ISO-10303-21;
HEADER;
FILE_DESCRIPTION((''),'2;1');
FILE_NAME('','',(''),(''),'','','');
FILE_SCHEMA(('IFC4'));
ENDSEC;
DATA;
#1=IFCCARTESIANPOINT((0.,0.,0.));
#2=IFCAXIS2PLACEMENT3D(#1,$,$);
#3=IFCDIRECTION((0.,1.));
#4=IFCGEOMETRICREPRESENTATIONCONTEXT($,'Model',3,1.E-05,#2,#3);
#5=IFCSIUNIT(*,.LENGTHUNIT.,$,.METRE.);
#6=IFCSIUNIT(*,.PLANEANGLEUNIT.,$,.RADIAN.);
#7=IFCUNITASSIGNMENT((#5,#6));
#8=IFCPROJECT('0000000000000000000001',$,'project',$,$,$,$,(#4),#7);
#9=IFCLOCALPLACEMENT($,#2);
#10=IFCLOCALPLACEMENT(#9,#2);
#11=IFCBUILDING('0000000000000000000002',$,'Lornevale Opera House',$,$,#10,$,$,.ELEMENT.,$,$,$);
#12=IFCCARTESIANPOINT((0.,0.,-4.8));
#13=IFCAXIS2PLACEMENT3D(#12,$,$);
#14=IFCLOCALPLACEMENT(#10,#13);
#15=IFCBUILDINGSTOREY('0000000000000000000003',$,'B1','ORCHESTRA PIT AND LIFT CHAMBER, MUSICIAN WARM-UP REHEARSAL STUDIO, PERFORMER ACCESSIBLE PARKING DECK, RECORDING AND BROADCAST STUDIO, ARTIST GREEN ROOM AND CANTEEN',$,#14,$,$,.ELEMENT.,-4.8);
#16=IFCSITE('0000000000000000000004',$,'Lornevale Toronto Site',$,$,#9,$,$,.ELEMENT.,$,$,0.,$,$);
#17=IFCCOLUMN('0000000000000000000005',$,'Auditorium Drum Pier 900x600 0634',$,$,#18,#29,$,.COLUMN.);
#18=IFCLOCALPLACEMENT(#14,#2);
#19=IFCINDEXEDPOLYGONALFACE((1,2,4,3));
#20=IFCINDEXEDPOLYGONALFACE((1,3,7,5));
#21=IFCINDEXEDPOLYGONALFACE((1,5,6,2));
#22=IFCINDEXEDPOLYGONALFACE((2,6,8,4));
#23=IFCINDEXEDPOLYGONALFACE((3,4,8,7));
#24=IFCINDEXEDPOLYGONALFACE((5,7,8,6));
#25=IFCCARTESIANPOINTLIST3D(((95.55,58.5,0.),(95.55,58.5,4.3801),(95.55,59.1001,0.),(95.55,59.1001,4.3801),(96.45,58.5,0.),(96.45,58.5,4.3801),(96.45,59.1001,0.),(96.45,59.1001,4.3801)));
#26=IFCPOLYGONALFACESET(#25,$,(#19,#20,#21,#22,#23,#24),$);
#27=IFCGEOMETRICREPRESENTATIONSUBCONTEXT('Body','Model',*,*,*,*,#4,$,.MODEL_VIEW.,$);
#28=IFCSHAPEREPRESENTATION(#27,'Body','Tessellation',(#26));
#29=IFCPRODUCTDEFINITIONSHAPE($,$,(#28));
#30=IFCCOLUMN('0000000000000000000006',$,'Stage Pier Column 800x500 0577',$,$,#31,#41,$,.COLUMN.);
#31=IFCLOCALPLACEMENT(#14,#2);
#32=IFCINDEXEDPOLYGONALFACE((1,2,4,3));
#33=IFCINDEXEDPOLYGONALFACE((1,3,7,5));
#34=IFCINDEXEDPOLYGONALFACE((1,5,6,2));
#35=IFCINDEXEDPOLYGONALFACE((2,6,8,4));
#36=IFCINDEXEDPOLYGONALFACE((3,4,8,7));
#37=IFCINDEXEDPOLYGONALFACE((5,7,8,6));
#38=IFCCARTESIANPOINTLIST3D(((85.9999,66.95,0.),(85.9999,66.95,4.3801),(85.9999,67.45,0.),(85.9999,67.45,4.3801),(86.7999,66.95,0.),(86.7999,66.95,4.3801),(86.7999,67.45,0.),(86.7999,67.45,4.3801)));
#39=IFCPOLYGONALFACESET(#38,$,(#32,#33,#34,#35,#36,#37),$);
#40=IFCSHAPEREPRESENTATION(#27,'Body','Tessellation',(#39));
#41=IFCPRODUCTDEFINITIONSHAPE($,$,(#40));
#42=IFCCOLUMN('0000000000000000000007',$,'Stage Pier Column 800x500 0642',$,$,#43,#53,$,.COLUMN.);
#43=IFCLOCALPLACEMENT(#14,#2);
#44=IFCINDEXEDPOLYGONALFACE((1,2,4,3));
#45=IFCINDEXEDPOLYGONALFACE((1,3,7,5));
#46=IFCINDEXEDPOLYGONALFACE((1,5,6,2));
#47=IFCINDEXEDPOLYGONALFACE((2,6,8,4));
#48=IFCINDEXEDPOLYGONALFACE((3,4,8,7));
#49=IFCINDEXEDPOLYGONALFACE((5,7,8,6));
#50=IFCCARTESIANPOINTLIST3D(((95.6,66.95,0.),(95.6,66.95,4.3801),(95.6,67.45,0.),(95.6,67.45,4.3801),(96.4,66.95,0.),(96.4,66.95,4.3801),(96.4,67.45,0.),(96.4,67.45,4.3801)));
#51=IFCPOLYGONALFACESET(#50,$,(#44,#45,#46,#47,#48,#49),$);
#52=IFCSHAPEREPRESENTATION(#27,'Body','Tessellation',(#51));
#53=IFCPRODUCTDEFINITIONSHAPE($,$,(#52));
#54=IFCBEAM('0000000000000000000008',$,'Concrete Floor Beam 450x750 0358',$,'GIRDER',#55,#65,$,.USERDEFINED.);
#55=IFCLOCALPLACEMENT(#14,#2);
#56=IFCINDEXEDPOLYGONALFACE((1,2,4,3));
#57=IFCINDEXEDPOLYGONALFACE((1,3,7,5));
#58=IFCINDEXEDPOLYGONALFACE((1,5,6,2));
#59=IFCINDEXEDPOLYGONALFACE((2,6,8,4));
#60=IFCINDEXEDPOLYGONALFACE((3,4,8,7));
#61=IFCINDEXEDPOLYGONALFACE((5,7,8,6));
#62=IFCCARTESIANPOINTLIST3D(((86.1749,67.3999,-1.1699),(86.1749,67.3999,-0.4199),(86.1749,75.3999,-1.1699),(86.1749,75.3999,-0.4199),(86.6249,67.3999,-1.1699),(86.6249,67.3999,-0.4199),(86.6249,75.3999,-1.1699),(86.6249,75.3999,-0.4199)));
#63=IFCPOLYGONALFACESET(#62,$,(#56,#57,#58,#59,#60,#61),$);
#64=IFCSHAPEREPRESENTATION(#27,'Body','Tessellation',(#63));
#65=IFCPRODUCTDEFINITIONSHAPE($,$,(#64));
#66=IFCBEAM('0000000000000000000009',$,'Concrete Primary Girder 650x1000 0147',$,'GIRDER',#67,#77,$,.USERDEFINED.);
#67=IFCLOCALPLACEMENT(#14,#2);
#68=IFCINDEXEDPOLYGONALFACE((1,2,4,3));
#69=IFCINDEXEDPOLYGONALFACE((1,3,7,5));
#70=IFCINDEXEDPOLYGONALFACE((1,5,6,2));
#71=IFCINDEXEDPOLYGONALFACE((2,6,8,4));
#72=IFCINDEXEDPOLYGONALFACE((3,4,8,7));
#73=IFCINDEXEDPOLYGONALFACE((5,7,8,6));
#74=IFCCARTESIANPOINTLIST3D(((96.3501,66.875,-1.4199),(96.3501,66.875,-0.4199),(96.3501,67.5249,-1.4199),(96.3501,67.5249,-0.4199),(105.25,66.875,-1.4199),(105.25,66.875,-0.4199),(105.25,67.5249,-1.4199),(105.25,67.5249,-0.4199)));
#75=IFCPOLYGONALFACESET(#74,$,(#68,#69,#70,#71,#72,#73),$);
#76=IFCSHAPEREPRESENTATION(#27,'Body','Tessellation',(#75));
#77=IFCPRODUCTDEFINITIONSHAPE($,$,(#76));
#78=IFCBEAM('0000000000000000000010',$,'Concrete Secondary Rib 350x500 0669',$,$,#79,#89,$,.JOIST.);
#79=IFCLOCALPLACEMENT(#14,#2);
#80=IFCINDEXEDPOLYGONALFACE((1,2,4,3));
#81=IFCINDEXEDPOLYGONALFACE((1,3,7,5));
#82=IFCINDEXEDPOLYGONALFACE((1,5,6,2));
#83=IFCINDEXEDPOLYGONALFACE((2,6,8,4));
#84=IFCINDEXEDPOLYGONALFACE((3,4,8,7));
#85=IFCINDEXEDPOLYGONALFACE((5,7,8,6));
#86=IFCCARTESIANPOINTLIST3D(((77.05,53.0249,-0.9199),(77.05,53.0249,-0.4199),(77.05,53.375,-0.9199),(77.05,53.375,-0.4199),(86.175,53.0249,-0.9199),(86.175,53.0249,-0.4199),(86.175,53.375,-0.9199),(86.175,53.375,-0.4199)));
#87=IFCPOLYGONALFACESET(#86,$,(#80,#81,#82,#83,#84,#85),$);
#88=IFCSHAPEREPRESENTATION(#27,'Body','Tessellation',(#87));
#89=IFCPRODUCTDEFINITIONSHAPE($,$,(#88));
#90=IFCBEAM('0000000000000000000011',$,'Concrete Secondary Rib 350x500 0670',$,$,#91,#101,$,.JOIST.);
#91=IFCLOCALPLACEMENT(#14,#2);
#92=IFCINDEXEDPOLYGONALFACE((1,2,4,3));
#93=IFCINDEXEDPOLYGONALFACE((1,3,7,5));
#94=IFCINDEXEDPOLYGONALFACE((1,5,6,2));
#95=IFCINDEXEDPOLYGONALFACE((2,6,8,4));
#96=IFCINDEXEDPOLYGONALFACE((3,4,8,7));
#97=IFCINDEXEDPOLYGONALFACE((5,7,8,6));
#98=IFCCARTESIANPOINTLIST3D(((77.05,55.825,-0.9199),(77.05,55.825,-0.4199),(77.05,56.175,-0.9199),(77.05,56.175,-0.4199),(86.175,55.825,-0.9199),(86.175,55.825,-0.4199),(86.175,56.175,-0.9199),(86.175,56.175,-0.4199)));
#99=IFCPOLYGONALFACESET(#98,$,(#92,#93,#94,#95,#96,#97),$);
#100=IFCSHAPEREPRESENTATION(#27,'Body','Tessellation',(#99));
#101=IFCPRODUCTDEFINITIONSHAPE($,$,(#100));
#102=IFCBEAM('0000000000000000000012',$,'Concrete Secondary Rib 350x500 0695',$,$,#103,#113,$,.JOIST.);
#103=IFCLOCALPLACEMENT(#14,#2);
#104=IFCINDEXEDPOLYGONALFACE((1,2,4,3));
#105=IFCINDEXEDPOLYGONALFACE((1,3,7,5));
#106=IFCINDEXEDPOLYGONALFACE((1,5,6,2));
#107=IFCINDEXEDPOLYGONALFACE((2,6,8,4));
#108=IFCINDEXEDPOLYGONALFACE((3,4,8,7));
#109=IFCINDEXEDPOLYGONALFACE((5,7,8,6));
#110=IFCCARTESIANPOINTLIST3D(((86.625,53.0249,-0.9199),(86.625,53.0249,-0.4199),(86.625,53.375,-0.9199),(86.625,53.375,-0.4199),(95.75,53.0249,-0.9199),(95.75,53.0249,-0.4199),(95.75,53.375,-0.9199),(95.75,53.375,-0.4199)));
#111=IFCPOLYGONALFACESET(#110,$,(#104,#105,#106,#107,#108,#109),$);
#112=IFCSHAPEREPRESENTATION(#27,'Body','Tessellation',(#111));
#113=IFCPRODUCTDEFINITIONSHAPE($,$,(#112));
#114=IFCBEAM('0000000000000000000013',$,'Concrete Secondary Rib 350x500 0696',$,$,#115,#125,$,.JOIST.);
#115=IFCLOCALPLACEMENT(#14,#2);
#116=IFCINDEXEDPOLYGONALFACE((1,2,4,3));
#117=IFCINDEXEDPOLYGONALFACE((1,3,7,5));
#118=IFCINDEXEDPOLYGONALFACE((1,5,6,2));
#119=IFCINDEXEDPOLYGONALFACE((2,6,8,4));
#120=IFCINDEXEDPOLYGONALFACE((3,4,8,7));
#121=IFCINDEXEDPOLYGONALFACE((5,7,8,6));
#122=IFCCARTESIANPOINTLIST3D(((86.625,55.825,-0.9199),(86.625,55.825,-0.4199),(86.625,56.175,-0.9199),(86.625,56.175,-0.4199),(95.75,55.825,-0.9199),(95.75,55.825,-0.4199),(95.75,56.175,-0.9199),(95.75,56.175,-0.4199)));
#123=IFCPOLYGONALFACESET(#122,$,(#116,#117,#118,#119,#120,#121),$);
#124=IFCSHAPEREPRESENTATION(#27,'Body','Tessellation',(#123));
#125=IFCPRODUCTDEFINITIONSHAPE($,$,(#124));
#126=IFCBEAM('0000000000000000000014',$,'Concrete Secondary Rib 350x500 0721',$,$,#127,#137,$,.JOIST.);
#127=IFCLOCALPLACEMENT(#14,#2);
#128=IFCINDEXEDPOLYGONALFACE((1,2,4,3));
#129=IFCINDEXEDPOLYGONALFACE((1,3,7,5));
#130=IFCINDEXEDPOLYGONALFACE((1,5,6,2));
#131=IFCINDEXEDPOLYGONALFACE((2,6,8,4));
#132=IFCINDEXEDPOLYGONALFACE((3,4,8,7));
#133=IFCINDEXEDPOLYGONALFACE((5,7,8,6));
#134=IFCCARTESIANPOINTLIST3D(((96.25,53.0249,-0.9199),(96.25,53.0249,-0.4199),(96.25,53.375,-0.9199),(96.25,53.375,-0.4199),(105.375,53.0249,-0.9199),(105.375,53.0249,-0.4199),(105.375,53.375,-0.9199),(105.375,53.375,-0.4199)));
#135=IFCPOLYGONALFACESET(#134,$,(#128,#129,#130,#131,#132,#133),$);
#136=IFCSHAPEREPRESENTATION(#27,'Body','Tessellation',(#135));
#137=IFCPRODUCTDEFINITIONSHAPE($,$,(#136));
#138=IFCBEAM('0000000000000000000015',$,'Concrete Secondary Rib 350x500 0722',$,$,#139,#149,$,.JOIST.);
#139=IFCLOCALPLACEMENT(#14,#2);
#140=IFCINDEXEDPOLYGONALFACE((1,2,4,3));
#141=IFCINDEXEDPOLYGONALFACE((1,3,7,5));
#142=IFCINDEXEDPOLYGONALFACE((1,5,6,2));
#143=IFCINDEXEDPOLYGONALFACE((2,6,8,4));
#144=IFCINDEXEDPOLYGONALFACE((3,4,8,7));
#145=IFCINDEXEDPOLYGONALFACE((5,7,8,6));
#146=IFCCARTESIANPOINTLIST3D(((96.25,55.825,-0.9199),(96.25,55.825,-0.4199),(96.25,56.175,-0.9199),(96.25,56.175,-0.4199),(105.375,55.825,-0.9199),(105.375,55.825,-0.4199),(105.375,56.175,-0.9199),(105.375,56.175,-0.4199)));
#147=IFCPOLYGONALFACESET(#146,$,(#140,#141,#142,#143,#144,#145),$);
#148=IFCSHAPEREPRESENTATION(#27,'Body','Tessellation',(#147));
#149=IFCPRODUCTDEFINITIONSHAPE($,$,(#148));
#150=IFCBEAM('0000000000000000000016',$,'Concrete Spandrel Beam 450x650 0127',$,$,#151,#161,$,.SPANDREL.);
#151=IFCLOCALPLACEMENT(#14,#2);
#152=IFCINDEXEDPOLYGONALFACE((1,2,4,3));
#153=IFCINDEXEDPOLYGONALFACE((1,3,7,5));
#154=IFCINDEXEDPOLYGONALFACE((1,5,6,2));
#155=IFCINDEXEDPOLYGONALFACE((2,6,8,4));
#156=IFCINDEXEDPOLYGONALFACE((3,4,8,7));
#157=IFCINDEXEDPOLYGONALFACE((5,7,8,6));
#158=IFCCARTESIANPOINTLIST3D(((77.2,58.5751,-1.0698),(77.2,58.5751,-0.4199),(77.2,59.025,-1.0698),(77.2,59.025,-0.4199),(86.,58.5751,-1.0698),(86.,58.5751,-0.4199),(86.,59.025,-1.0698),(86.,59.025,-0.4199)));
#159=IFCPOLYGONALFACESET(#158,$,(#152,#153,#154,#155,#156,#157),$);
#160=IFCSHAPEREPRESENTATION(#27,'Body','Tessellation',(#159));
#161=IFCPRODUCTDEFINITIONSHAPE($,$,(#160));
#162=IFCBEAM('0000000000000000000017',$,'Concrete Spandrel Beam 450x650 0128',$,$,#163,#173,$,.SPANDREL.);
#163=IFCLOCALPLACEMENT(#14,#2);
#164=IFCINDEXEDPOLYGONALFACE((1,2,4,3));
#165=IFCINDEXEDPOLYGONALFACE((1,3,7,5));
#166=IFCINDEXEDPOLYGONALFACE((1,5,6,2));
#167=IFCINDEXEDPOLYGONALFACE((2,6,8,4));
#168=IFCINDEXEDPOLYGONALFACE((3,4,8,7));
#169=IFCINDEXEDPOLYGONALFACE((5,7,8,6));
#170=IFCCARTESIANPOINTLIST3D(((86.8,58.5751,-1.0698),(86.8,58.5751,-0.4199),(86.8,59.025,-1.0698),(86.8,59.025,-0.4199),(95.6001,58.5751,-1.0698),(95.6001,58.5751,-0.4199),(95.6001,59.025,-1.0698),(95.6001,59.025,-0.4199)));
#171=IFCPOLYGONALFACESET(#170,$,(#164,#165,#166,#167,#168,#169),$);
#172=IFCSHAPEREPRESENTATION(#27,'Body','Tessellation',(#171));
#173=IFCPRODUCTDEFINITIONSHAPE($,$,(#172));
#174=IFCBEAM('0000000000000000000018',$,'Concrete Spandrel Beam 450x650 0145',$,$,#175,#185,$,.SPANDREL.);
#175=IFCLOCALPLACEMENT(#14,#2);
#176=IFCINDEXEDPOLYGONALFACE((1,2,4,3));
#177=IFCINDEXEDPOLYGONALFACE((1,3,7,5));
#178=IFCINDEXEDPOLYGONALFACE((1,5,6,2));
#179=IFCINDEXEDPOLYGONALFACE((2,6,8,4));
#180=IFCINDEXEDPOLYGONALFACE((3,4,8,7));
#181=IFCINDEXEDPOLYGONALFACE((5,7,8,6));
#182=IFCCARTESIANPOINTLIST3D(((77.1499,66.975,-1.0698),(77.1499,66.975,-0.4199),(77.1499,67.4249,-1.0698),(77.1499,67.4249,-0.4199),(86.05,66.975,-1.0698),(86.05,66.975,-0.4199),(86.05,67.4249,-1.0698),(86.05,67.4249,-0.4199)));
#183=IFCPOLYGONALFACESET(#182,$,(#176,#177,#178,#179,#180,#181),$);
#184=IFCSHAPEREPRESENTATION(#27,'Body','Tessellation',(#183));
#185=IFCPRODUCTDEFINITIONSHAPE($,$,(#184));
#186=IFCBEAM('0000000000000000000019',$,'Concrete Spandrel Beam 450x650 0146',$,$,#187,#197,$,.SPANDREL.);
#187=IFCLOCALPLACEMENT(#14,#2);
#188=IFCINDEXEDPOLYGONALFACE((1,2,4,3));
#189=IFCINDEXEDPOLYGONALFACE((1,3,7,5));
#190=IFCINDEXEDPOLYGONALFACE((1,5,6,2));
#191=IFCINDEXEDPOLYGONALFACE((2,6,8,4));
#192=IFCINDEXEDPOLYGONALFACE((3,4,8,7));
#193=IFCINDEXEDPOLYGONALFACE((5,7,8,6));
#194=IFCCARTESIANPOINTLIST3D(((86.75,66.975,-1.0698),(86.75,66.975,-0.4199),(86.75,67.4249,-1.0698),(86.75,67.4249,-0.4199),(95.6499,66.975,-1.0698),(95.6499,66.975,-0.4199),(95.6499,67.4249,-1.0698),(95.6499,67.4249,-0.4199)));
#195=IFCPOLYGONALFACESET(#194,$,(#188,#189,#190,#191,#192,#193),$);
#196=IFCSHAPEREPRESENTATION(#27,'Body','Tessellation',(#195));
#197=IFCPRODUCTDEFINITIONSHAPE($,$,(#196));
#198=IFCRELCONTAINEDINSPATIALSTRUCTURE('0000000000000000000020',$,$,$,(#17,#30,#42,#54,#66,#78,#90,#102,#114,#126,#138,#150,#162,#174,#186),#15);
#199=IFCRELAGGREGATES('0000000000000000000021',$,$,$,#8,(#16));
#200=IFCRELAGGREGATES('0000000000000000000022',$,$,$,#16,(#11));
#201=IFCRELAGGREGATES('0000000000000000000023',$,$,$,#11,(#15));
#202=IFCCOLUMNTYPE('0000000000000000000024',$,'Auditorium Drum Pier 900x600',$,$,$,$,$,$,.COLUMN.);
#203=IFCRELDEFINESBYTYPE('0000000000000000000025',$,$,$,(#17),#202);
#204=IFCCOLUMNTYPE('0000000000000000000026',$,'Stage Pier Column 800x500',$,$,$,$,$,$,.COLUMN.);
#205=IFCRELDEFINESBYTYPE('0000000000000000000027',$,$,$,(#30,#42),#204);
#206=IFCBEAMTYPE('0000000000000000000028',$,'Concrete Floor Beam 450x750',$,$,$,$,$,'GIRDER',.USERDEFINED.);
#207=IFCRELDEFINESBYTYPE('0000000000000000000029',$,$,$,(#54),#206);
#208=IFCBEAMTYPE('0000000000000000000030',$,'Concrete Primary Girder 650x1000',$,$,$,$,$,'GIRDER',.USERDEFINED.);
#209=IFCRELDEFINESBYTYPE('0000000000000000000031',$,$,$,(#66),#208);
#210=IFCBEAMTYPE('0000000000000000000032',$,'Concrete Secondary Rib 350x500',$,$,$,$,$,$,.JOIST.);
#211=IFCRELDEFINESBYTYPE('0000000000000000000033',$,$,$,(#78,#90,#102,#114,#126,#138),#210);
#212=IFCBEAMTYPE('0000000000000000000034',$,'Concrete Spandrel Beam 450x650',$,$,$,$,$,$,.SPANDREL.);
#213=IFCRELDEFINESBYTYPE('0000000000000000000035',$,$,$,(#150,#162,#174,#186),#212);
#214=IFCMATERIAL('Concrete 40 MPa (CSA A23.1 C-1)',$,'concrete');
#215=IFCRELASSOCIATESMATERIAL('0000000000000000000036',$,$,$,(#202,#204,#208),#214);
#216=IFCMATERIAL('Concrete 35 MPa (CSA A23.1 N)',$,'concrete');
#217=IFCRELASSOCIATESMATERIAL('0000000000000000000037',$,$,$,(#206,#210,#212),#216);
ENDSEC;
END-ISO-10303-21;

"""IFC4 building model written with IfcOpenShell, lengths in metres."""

from ifc_helpers import new_model, si_unit, direction, frame, origin, origin_2d, place, context, subcontext, project, spatial, rectangle, extrude, material, material_profile, profile_set, type_object, element, save


model = new_model("IFC4")

# Units and contexts
model_context = context("Model", 3, precision=1e-05, world=origin(), true_north=direction((0.0, 1.0)))
body_context = subcontext(model_context, "Body", "Model", "MODEL_VIEW")
ifc_project = project(units=[si_unit("LENGTHUNIT", "METRE"), si_unit("PLANEANGLEUNIT", "RADIAN")], contexts=[model_context])

# Site, building, storey
site_placement = place(None, origin())
site = spatial("IfcSite", under=ifc_project, at=site_placement, Name="Lornevale Toronto Site", CompositionType="ELEMENT", RefElevation=0.0)
building_placement = place(site_placement, origin())
building = spatial("IfcBuilding", under=site, at=building_placement, Name="Lornevale Opera House", CompositionType="ELEMENT")
storey_placement = place(building_placement, frame((0.0, 0.0, -4.8)))
storey = spatial("IfcBuildingStorey", under=building, at=storey_placement, Name="B1", Description="ORCHESTRA PIT AND LIFT CHAMBER, MUSICIAN WARM-UP REHEARSAL STUDIO, PERFORMER ACCESSIBLE PARKING DECK, RECORDING AND BROADCAST STUDIO, ARTIST GREEN ROOM AND CANTEEN", CompositionType="ELEMENT", Elevation=-4.8)

# Columns
ifc_material_1 = material(Name="Concrete 40 MPa (CSA A23.1 C-1)", Category="concrete")
ifc_material_profile_1 = material_profile(ifc_material_1, rectangle(XDim=0.8999, YDim=0.6001, at=origin_2d()), Name="RC900x600")
ifc_profile_set_1 = profile_set([ifc_material_profile_1], Name="Concrete 40 MPa (CSA A23.1 C-1)")
column_type_1 = type_object("IfcColumnType", Name="Auditorium Drum Pier 900x600", PredefinedType="COLUMN", material=ifc_profile_set_1)
column_placement = place(storey_placement, frame((96.0, 58.8, 0.0), z_axis=(0.0, 0.0, 1.0), x_axis=(1.0, 0.0, 0.0)))
element("IfcColumn", 1, at=column_placement, inside=storey, type_object=column_type_1, Name="Auditorium Drum Pier 900x600 0634", PredefinedType="COLUMN", context=body_context, shape_type="SweptSolid", body=[
    extrude(rectangle(XDim=0.8999, YDim=0.6001, at=origin_2d()), origin(), (0.0, 0.0, 1.0), 4.3801),
])
ifc_material_profile_2 = material_profile(ifc_material_1, rectangle(XDim=0.8, YDim=0.5, at=origin_2d()), Name="RC800x500")
ifc_profile_set_2 = profile_set([ifc_material_profile_2], Name="Concrete 40 MPa (CSA A23.1 C-1)")
column_type_2 = type_object("IfcColumnType", Name="Stage Pier Column 800x500", PredefinedType="COLUMN", material=ifc_profile_set_2)
for number, where, z_axis, x_axis, name in (
    (2, (86.3999, 67.2, 0.0), (0.0, 0.0, 1.0), (1.0, 0.0, 0.0), "Stage Pier Column 800x500 0577"),
    (3, (96.0, 67.2, 0.0), (0.0, 0.0, 1.0), (1.0, 0.0, 0.0), "Stage Pier Column 800x500 0642"),
):
    element("IfcColumn", number, at=place(storey_placement, frame(where, z_axis=z_axis, x_axis=x_axis)), inside=storey, type_object=column_type_2, Name=name, PredefinedType="COLUMN", context=body_context, shape_type="SweptSolid", body=[
        extrude(rectangle(XDim=0.8, YDim=0.5, at=origin_2d()), origin(), (0.0, 0.0, 1.0), 4.3801),
    ])

# Beams
ifc_material_2 = material(Name="Concrete 35 MPa (CSA A23.1 N)", Category="concrete")
ifc_material_profile_3 = material_profile(ifc_material_2, rectangle(XDim=0.45, YDim=0.75, at=origin_2d()), Name="RC450x750")
ifc_profile_set_3 = profile_set([ifc_material_profile_3], Name="Concrete 35 MPa (CSA A23.1 N)")
beam_type_1 = type_object("IfcBeamType", Name="Concrete Floor Beam 450x750", ElementType="GIRDER", PredefinedType="USERDEFINED", material=ifc_profile_set_3)
beam_1_placement = place(storey_placement, frame((86.3999, 67.3999, -0.7949), z_axis=(0.0, 1.0, 0.0), x_axis=(-1.0, 0.0, 0.0)))
element("IfcBeam", 4, at=beam_1_placement, inside=storey, type_object=beam_type_1, Name="Concrete Floor Beam 450x750 0358", ObjectType="GIRDER", PredefinedType="USERDEFINED", context=body_context, shape_type="SweptSolid", body=[
    extrude(rectangle(XDim=0.45, YDim=0.75, at=origin_2d()), origin(), (0.0, 0.0, 1.0), 8.0),
])
ifc_material_profile_4 = material_profile(ifc_material_1, rectangle(XDim=0.6499, YDim=1.0, at=origin_2d()), Name="RC650x1000")
ifc_profile_set_4 = profile_set([ifc_material_profile_4], Name="Concrete 40 MPa (CSA A23.1 C-1)")
beam_type_2 = type_object("IfcBeamType", Name="Concrete Primary Girder 650x1000", ElementType="GIRDER", PredefinedType="USERDEFINED", material=ifc_profile_set_4)
beam_2_placement = place(storey_placement, frame((96.3501, 67.2, -0.9199), z_axis=(1.0, 0.0, 0.0), x_axis=(0.0, 1.0, 0.0)))
element("IfcBeam", 5, at=beam_2_placement, inside=storey, type_object=beam_type_2, Name="Concrete Primary Girder 650x1000 0147", ObjectType="GIRDER", PredefinedType="USERDEFINED", context=body_context, shape_type="SweptSolid", body=[
    extrude(rectangle(XDim=0.6499, YDim=1.0, at=origin_2d()), origin(), (0.0, 0.0, 1.0), 8.8999),
])
ifc_material_profile_5 = material_profile(ifc_material_2, rectangle(XDim=0.3501, YDim=0.5, at=origin_2d()), Name="RC350x500")
ifc_profile_set_5 = profile_set([ifc_material_profile_5], Name="Concrete 35 MPa (CSA A23.1 N)")
beam_type_3 = type_object("IfcBeamType", Name="Concrete Secondary Rib 350x500", PredefinedType="JOIST", material=ifc_profile_set_5)
for number, where, z_axis, x_axis, name in (
    (6, (77.05, 53.2, -0.6699), (1.0, 0.0, 0.0), (0.0, 1.0, 0.0), "Concrete Secondary Rib 350x500 0669"),
    (7, (77.05, 56.0, -0.6699), (1.0, 0.0, 0.0), (0.0, 1.0, 0.0), "Concrete Secondary Rib 350x500 0670"),
    (8, (86.625, 53.2, -0.6699), (1.0, 0.0, 0.0), (0.0, 1.0, 0.0), "Concrete Secondary Rib 350x500 0695"),
    (9, (86.625, 56.0, -0.6699), (1.0, 0.0, 0.0), (0.0, 1.0, 0.0), "Concrete Secondary Rib 350x500 0696"),
    (10, (96.25, 53.2, -0.6699), (1.0, 0.0, 0.0), (0.0, 1.0, 0.0), "Concrete Secondary Rib 350x500 0721"),
    (11, (96.25, 56.0, -0.6699), (1.0, 0.0, 0.0), (0.0, 1.0, 0.0), "Concrete Secondary Rib 350x500 0722"),
):
    element("IfcBeam", number, at=place(storey_placement, frame(where, z_axis=z_axis, x_axis=x_axis)), inside=storey, type_object=beam_type_3, Name=name, PredefinedType="JOIST", context=body_context, shape_type="SweptSolid", body=[
        extrude(rectangle(XDim=0.3501, YDim=0.5, at=origin_2d()), origin(), (0.0, 0.0, 1.0), 9.125),
    ])
ifc_material_profile_6 = material_profile(ifc_material_2, rectangle(XDim=0.45, YDim=0.6499, at=origin_2d()), Name="RC450x650")
ifc_profile_set_6 = profile_set([ifc_material_profile_6], Name="Concrete 35 MPa (CSA A23.1 N)")
beam_type_4 = type_object("IfcBeamType", Name="Concrete Spandrel Beam 450x650", PredefinedType="SPANDREL", material=ifc_profile_set_6)
for number, where, z_axis, x_axis, name in (
    (12, (77.2, 58.8, -0.7449), (1.0, 0.0, 0.0), (0.0, 1.0, 0.0), "Concrete Spandrel Beam 450x650 0127"),
    (13, (86.8, 58.8, -0.7449), (1.0, 0.0, 0.0), (0.0, 1.0, 0.0), "Concrete Spandrel Beam 450x650 0128"),
):
    element("IfcBeam", number, at=place(storey_placement, frame(where, z_axis=z_axis, x_axis=x_axis)), inside=storey, type_object=beam_type_4, Name=name, PredefinedType="SPANDREL", context=body_context, shape_type="SweptSolid", body=[
        extrude(rectangle(XDim=0.45, YDim=0.6499, at=origin_2d()), origin(), (0.0, 0.0, 1.0), 8.8),
    ])
beam_3_placement = place(storey_placement, frame((77.1499, 67.2, -0.7449), z_axis=(1.0, 0.0, 0.0), x_axis=(0.0, 1.0, 0.0)))
element("IfcBeam", 14, at=beam_3_placement, inside=storey, type_object=beam_type_4, Name="Concrete Spandrel Beam 450x650 0145", PredefinedType="SPANDREL", context=body_context, shape_type="SweptSolid", body=[
    extrude(rectangle(XDim=0.45, YDim=0.6499, at=origin_2d()), origin(), (0.0, 0.0, 1.0), 8.9001),
])
beam_4_placement = place(storey_placement, frame((86.75, 67.2, -0.7449), z_axis=(1.0, 0.0, 0.0), x_axis=(0.0, 1.0, 0.0)))
element("IfcBeam", 15, at=beam_4_placement, inside=storey, type_object=beam_type_4, Name="Concrete Spandrel Beam 450x650 0146", PredefinedType="SPANDREL", context=body_context, shape_type="SweptSolid", body=[
    extrude(rectangle(XDim=0.45, YDim=0.6499, at=origin_2d()), origin(), (0.0, 0.0, 1.0), 8.8999),
])

save(model, "model.ifc")
